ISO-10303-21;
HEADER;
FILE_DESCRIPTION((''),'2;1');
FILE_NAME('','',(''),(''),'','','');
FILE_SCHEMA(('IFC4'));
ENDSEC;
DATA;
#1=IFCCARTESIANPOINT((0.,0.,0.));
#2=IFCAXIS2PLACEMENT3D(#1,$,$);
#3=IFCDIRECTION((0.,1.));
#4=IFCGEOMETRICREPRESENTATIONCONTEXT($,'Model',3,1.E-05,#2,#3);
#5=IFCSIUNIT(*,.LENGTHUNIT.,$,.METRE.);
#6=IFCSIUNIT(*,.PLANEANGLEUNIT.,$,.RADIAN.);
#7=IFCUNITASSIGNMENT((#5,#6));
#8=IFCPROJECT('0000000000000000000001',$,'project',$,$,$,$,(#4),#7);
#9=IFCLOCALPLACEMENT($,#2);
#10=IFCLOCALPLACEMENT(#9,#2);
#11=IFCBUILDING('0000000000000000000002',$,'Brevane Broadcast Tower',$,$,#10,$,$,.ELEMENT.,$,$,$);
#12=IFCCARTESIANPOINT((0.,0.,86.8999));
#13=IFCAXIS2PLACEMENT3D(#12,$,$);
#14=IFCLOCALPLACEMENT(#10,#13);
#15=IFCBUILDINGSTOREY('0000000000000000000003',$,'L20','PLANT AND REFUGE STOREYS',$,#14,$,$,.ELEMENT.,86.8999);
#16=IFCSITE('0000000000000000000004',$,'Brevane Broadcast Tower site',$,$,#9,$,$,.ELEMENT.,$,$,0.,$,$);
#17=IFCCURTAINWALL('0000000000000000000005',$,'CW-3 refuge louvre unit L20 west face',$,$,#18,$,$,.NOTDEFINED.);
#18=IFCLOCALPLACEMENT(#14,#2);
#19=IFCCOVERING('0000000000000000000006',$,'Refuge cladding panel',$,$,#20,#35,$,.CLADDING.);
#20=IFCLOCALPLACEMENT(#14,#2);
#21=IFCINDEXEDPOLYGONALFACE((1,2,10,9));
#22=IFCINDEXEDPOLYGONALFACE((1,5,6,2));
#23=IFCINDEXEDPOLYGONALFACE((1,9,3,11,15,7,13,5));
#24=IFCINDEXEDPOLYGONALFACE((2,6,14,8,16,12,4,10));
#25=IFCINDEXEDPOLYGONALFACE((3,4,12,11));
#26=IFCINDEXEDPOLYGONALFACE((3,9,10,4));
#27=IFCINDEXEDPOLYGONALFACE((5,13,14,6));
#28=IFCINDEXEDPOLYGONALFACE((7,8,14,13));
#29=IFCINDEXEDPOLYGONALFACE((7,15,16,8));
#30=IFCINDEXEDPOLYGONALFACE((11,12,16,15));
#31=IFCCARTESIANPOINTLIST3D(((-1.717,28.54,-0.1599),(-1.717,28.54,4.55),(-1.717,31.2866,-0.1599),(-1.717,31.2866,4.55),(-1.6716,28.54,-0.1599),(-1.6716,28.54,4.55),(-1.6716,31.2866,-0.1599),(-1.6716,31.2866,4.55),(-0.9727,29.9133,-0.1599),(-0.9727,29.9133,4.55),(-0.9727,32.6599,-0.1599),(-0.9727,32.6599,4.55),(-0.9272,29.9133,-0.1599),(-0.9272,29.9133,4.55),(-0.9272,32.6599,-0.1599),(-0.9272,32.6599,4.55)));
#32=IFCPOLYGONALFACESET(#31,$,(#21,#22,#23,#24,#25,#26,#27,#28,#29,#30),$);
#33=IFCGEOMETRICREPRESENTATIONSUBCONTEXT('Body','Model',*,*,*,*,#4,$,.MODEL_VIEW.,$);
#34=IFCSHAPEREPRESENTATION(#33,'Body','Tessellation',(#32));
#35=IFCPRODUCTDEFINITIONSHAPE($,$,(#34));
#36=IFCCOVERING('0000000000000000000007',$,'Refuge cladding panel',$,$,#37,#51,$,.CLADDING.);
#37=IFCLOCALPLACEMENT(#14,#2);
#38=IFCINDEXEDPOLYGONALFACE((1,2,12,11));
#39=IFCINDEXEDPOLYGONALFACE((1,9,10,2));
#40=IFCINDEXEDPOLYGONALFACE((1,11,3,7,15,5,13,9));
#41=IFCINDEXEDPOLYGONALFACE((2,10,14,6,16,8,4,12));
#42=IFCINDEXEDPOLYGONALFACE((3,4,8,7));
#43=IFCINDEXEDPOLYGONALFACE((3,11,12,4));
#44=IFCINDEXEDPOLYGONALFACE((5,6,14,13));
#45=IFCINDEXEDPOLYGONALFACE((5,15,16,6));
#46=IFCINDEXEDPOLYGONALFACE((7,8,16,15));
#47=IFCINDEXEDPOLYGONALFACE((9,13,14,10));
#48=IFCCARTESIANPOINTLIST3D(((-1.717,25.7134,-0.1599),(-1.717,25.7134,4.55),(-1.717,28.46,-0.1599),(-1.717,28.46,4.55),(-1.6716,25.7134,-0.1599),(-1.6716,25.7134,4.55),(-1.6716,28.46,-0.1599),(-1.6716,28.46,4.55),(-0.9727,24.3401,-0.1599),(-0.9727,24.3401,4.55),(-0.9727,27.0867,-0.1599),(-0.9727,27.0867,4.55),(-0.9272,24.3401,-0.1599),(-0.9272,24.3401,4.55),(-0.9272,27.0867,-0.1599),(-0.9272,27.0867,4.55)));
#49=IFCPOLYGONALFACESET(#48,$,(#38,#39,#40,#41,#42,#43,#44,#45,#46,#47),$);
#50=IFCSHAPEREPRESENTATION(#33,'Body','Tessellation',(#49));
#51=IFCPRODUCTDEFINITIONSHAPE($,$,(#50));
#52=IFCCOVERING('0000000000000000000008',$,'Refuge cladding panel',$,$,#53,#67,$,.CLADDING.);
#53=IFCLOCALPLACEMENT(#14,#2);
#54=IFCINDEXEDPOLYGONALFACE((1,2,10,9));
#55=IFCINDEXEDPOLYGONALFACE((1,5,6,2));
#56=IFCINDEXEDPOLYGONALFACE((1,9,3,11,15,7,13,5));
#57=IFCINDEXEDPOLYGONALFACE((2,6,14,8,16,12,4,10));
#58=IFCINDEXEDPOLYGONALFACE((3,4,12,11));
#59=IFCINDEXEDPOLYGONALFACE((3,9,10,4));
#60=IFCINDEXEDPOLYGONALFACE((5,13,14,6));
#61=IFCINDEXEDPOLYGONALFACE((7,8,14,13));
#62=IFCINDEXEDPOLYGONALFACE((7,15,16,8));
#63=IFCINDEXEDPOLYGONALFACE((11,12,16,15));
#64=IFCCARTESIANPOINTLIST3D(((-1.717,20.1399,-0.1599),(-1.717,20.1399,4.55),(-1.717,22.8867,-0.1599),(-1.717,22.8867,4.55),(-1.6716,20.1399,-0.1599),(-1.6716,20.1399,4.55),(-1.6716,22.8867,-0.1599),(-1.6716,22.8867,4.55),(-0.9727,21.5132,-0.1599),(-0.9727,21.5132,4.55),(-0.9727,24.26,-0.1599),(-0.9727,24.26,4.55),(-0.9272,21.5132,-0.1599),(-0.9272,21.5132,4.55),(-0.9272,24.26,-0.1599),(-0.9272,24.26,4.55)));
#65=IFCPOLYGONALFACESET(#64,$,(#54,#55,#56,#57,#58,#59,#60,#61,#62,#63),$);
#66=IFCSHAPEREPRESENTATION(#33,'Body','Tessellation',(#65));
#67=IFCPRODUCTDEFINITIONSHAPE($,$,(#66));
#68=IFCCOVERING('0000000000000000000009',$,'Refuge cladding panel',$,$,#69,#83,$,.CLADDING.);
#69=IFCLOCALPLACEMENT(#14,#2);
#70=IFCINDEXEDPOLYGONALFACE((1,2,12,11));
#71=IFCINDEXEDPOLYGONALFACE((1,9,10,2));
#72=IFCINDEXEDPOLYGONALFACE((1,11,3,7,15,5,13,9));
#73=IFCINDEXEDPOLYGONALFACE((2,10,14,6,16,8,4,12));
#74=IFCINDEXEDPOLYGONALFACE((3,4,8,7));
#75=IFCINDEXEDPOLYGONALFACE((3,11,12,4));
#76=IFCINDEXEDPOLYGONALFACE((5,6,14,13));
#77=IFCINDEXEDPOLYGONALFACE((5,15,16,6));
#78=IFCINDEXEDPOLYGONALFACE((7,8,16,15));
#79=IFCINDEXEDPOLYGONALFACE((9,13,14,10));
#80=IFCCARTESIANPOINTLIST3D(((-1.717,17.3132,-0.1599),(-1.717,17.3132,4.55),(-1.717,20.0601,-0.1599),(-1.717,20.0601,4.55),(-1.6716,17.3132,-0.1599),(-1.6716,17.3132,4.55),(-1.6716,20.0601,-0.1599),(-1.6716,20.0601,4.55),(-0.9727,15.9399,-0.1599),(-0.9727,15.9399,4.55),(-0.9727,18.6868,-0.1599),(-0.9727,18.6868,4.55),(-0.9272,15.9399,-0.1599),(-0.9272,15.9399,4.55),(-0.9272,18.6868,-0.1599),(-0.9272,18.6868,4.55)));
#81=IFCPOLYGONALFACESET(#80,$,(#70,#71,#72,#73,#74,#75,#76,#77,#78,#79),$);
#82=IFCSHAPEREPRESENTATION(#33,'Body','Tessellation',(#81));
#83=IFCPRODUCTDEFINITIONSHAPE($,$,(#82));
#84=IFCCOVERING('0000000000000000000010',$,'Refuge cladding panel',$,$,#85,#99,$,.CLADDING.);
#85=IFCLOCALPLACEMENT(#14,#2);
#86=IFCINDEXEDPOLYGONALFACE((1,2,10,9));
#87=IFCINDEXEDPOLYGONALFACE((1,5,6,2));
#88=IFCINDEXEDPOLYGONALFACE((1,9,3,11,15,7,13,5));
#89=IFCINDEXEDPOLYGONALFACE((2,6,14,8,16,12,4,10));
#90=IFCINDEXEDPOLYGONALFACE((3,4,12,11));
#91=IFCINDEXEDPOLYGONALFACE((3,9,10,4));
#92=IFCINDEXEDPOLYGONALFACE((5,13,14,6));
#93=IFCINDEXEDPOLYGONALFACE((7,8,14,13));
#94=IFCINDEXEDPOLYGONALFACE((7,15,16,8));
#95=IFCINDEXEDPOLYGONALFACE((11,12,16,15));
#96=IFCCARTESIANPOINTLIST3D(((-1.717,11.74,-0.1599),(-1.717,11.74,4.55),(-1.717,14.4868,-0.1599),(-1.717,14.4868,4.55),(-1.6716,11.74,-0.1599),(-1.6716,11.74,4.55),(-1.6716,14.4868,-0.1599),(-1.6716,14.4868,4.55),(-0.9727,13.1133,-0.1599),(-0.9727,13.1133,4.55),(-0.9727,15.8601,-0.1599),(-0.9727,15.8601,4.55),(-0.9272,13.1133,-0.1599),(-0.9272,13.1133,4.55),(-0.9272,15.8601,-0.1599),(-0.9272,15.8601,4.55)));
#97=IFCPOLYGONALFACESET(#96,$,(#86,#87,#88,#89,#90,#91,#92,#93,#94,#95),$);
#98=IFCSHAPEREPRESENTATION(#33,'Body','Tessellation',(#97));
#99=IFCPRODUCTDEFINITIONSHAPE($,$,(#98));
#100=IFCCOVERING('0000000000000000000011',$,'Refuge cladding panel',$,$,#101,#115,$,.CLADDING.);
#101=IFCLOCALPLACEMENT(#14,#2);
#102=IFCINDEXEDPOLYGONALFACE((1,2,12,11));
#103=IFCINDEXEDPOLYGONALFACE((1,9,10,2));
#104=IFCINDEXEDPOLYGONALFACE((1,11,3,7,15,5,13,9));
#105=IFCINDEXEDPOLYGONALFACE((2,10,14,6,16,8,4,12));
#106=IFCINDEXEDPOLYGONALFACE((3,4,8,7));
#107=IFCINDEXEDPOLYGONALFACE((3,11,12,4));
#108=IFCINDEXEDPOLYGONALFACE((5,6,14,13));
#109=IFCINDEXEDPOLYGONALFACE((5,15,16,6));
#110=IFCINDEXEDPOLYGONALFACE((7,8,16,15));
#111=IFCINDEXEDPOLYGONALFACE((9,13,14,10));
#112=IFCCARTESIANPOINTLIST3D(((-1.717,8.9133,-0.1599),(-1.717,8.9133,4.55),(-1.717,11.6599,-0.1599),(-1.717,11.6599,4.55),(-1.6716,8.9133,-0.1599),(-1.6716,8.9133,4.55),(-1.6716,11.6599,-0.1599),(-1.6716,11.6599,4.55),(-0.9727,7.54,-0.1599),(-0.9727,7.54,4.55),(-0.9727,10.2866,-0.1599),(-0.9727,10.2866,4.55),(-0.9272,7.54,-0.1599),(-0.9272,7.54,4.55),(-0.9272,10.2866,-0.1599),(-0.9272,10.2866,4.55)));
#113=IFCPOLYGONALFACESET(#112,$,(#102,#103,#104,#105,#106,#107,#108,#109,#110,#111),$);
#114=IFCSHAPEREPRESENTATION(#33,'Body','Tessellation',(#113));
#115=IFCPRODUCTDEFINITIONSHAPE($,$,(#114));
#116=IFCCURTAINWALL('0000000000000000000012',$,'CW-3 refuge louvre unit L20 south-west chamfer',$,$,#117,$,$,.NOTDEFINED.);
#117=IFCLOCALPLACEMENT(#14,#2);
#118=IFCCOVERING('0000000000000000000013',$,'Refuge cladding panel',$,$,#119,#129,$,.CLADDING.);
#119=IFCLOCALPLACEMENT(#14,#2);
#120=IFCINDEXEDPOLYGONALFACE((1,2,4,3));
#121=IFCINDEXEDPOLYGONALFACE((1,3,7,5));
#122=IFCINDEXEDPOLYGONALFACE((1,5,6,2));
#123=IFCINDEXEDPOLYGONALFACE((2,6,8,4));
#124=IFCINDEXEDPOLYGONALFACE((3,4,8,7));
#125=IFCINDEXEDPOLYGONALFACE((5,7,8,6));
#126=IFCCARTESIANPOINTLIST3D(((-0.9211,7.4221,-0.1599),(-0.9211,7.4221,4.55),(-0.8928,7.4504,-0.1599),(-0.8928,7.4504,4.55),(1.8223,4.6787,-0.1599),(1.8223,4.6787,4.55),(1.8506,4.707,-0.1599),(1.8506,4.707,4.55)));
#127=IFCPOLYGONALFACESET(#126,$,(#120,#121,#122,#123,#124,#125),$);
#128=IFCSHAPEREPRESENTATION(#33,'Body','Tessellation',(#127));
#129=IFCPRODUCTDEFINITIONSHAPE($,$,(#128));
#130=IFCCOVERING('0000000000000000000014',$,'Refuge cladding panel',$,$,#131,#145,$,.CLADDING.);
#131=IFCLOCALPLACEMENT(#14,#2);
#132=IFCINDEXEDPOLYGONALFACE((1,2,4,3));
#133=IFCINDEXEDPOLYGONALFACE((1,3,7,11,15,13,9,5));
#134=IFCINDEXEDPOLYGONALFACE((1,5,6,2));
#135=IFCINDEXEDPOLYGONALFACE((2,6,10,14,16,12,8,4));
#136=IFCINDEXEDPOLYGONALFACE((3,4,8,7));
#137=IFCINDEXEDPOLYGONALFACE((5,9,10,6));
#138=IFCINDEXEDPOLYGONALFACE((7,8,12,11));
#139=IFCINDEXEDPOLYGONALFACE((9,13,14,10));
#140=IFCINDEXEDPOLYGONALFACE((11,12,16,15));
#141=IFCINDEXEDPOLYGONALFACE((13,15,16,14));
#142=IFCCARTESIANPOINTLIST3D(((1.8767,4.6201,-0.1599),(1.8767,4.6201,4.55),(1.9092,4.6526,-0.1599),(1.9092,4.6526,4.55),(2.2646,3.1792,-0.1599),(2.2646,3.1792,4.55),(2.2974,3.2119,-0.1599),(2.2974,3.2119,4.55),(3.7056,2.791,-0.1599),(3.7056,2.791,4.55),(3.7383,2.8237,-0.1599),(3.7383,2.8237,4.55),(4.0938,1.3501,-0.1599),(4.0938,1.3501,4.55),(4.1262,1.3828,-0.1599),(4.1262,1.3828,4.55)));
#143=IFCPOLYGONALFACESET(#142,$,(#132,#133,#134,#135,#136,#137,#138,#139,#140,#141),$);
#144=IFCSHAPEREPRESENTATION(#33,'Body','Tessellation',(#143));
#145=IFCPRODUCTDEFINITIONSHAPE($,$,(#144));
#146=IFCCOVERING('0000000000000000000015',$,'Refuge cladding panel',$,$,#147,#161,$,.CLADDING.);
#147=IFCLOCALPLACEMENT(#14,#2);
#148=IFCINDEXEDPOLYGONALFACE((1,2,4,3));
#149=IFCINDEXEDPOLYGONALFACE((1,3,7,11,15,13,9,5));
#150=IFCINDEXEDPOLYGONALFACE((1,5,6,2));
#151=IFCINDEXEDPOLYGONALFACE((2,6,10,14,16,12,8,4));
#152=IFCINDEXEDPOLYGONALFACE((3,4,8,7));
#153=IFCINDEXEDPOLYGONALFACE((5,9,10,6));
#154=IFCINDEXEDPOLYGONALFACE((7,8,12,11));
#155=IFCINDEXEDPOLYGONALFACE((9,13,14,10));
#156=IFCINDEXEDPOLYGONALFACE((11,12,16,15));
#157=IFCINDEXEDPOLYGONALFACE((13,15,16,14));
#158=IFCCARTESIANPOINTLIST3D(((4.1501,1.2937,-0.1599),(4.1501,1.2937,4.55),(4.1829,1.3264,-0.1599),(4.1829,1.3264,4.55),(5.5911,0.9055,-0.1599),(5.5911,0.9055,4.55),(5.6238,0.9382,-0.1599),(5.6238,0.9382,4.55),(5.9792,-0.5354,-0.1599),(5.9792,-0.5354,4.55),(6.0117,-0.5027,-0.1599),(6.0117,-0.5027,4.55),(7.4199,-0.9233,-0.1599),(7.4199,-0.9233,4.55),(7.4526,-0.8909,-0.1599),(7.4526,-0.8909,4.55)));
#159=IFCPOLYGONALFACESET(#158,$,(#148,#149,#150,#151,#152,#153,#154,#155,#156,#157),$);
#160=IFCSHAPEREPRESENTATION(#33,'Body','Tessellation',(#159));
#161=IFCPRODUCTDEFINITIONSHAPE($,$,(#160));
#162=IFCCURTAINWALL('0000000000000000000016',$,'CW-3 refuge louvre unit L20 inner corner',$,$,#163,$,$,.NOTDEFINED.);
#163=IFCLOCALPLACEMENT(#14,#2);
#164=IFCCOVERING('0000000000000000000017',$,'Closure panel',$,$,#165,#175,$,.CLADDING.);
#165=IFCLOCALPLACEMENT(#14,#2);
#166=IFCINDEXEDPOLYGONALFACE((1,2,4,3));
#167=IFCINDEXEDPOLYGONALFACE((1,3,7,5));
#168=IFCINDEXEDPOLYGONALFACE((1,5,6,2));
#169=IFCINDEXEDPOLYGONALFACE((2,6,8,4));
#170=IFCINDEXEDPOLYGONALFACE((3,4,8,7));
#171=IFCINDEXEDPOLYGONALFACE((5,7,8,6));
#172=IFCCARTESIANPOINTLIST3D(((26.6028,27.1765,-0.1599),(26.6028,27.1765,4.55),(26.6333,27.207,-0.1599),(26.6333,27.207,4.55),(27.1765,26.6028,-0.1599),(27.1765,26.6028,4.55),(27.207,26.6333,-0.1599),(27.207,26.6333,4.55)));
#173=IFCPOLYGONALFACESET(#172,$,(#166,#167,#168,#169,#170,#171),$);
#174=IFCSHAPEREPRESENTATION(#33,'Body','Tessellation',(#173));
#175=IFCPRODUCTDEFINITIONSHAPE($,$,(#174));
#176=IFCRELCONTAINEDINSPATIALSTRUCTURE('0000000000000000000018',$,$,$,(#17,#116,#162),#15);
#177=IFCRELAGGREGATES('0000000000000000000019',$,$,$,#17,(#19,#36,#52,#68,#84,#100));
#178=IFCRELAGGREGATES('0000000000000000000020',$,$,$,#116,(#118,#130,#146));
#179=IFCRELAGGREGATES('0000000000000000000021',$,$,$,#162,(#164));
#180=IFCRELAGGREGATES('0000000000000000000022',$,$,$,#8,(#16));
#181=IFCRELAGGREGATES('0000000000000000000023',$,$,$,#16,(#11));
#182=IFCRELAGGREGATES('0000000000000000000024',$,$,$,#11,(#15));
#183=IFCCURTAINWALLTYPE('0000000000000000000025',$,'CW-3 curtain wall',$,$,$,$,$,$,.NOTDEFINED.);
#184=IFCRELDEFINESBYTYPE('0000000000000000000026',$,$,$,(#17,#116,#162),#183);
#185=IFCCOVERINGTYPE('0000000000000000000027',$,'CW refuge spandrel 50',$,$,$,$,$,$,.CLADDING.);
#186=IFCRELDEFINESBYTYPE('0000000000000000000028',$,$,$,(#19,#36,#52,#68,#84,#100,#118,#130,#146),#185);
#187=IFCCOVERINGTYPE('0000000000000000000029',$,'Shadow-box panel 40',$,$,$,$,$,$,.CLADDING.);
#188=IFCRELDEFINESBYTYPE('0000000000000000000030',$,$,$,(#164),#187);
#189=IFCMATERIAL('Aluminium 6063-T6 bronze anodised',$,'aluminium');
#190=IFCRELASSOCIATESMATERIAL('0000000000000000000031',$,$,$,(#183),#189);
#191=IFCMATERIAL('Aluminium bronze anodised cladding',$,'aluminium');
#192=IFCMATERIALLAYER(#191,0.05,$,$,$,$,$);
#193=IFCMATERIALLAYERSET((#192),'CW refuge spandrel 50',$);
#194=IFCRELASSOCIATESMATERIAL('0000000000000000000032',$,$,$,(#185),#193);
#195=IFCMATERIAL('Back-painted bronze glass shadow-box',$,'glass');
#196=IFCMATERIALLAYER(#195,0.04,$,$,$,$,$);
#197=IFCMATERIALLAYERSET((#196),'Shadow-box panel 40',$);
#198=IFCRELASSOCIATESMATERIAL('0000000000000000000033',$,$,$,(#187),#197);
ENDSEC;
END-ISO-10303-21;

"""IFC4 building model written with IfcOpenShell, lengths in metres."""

from ifc_helpers import new_model, si_unit, direction, frame, origin, place, context, subcontext, project, spatial, polyline, outline, extrude, material, layer, layer_set, type_object, element, aggregate, save


model = new_model("IFC4")

# Units and contexts
model_context = context("Model", 3, precision=1e-05, world=origin(), true_north=direction((0.0, 1.0)))
body_context = subcontext(model_context, "Body", "Model", "MODEL_VIEW")
ifc_project = project(units=[si_unit("LENGTHUNIT", "METRE"), si_unit("PLANEANGLEUNIT", "RADIAN")], contexts=[model_context])

# Site, building, storey
site_placement = place(None, origin())
site = spatial("IfcSite", under=ifc_project, at=site_placement, Name="Brevane Broadcast Tower site", CompositionType="ELEMENT", RefElevation=0.0)
building_placement = place(site_placement, origin())
building = spatial("IfcBuilding", under=site, at=building_placement, Name="Brevane Broadcast Tower", CompositionType="ELEMENT")
storey_placement = place(building_placement, frame((0.0, 0.0, 86.8999)))
storey = spatial("IfcBuildingStorey", under=building, at=storey_placement, Name="L20", Description="PLANT AND REFUGE STOREYS", CompositionType="ELEMENT", Elevation=86.8999)

# Curtain walls, coverings
ifc_material_1 = material(Name="Aluminium 6063-T6 bronze anodised", Category="aluminium")
curtain_wall_type = type_object("IfcCurtainWallType", Name="CW-3 curtain wall", PredefinedType="NOTDEFINED", material=ifc_material_1)
curtain_wall_1_placement = place(storey_placement, origin())
curtain_wall_1 = element("IfcCurtainWall", 1, at=curtain_wall_1_placement, inside=storey, type_object=curtain_wall_type, Name="CW-3 refuge louvre unit L20 west face", PredefinedType="NOTDEFINED")
ifc_material_2 = material(Name="Aluminium bronze anodised cladding", Category="aluminium")
ifc_layer_1 = layer(ifc_material_2, 0.05)
ifc_layer_set_1 = layer_set([ifc_layer_1], Name="CW refuge spandrel 50")
covering_type_1 = type_object("IfcCoveringType", Name="CW refuge spandrel 50", PredefinedType="CLADDING", material=ifc_layer_set_1)
covering_1_placement = place(storey_placement, frame((0.0, 0.0, -0.1599)))
covering_1 = element("IfcCovering", 2, at=covering_1_placement, type_object=covering_type_1, Name="Refuge cladding panel", PredefinedType="CLADDING", context=body_context, shape_type="SweptSolid", body=[
    extrude(outline(polyline([(-0.9272, 32.6599), (-0.9727, 32.6599), (-1.717, 31.2866), (-0.9727, 29.9133), (-1.717, 28.54), (-1.6716, 28.54), (-0.9272, 29.9133), (-1.6716, 31.2866), (-0.9272, 32.6599)])), origin(), (0.0, 0.0, 1.0), 4.71),
])
covering_2_placement = place(storey_placement, frame((0.0, 0.0, -0.1599)))
covering_2 = element("IfcCovering", 3, at=covering_2_placement, type_object=covering_type_1, Name="Refuge cladding panel", PredefinedType="CLADDING", context=body_context, shape_type="SweptSolid", body=[
    extrude(outline(polyline([(-1.6716, 28.46), (-1.717, 28.46), (-0.9727, 27.0867), (-1.717, 25.7134), (-0.9727, 24.3401), (-0.9272, 24.3401), (-1.6716, 25.7134), (-0.9272, 27.0867), (-1.6716, 28.46)])), origin(), (0.0, 0.0, 1.0), 4.71),
])
covering_3_placement = place(storey_placement, frame((0.0, 0.0, -0.1599)))
covering_3 = element("IfcCovering", 4, at=covering_3_placement, type_object=covering_type_1, Name="Refuge cladding panel", PredefinedType="CLADDING", context=body_context, shape_type="SweptSolid", body=[
    extrude(outline(polyline([(-0.9272, 24.26), (-0.9727, 24.26), (-1.717, 22.8867), (-0.9727, 21.5132), (-1.717, 20.1399), (-1.6716, 20.1399), (-0.9272, 21.5132), (-1.6716, 22.8867), (-0.9272, 24.26)])), origin(), (0.0, 0.0, 1.0), 4.71),
])
covering_4_placement = place(storey_placement, frame((0.0, 0.0, -0.1599)))
covering_4 = element("IfcCovering", 5, at=covering_4_placement, type_object=covering_type_1, Name="Refuge cladding panel", PredefinedType="CLADDING", context=body_context, shape_type="SweptSolid", body=[
    extrude(outline(polyline([(-1.6716, 20.0601), (-1.717, 20.0601), (-0.9727, 18.6868), (-1.717, 17.3132), (-0.9727, 15.9399), (-0.9272, 15.9399), (-1.6716, 17.3132), (-0.9272, 18.6868), (-1.6716, 20.0601)])), origin(), (0.0, 0.0, 1.0), 4.71),
])
covering_5_placement = place(storey_placement, frame((0.0, 0.0, -0.1599)))
covering_5 = element("IfcCovering", 6, at=covering_5_placement, type_object=covering_type_1, Name="Refuge cladding panel", PredefinedType="CLADDING", context=body_context, shape_type="SweptSolid", body=[
    extrude(outline(polyline([(-0.9272, 15.8601), (-0.9727, 15.8601), (-1.717, 14.4868), (-0.9727, 13.1133), (-1.717, 11.74), (-1.6716, 11.74), (-0.9272, 13.1133), (-1.6716, 14.4868), (-0.9272, 15.8601)])), origin(), (0.0, 0.0, 1.0), 4.71),
])
covering_6_placement = place(storey_placement, frame((0.0, 0.0, -0.1599)))
covering_6 = element("IfcCovering", 7, at=covering_6_placement, type_object=covering_type_1, Name="Refuge cladding panel", PredefinedType="CLADDING", context=body_context, shape_type="SweptSolid", body=[
    extrude(outline(polyline([(-1.6716, 11.6599), (-1.717, 11.6599), (-0.9727, 10.2866), (-1.717, 8.9133), (-0.9727, 7.54), (-0.9272, 7.54), (-1.6716, 8.9133), (-0.9272, 10.2866), (-1.6716, 11.6599)])), origin(), (0.0, 0.0, 1.0), 4.71),
])
aggregate(curtain_wall_1, [covering_1, covering_2, covering_3, covering_4, covering_5, covering_6])
curtain_wall_2_placement = place(storey_placement, origin())
curtain_wall_2 = element("IfcCurtainWall", 8, at=curtain_wall_2_placement, inside=storey, type_object=curtain_wall_type, Name="CW-3 refuge louvre unit L20 south-west chamfer", PredefinedType="NOTDEFINED")
covering_7_placement = place(storey_placement, frame((0.0, 0.0, -0.1599)))
covering_7 = element("IfcCovering", 9, at=covering_7_placement, type_object=covering_type_1, Name="Refuge cladding panel", PredefinedType="CLADDING", context=body_context, shape_type="SweptSolid", body=[
    extrude(outline(polyline([(-0.8928, 7.4504), (1.8506, 4.707), (1.8223, 4.6787), (-0.9211, 7.4221), (-0.8928, 7.4504)])), origin(), (0.0, 0.0, 1.0), 4.71),
])
covering_8_placement = place(storey_placement, frame((0.0, 0.0, -0.1599)))
covering_8 = element("IfcCovering", 10, at=covering_8_placement, type_object=covering_type_1, Name="Refuge cladding panel", PredefinedType="CLADDING", context=body_context, shape_type="SweptSolid", body=[
    extrude(outline(polyline([(1.9092, 4.6526), (1.8767, 4.6201), (2.2646, 3.1792), (3.7056, 2.791), (4.0938, 1.3501), (4.1262, 1.3828), (3.7383, 2.8237), (2.2974, 3.2119), (1.9092, 4.6526)])), origin(), (0.0, 0.0, 1.0), 4.71),
])
covering_9_placement = place(storey_placement, frame((0.0, 0.0, -0.1599)))
covering_9 = element("IfcCovering", 11, at=covering_9_placement, type_object=covering_type_1, Name="Refuge cladding panel", PredefinedType="CLADDING", context=body_context, shape_type="SweptSolid", body=[
    extrude(outline(polyline([(4.1829, 1.3264), (4.1501, 1.2937), (5.5911, 0.9055), (5.9792, -0.5354), (7.4199, -0.9233), (7.4526, -0.8909), (6.0117, -0.5027), (5.6238, 0.9382), (4.1829, 1.3264)])), origin(), (0.0, 0.0, 1.0), 4.71),
])
aggregate(curtain_wall_2, [covering_7, covering_8, covering_9])

# Curtain wall, covering
curtain_wall_3_placement = place(storey_placement, origin())
curtain_wall_3 = element("IfcCurtainWall", 12, at=curtain_wall_3_placement, inside=storey, type_object=curtain_wall_type, Name="CW-3 refuge louvre unit L20 inner corner", PredefinedType="NOTDEFINED")
ifc_material_3 = material(Name="Back-painted bronze glass shadow-box", Category="glass")
ifc_layer_2 = layer(ifc_material_3, 0.04)
ifc_layer_set_2 = layer_set([ifc_layer_2], Name="Shadow-box panel 40")
covering_type_2 = type_object("IfcCoveringType", Name="Shadow-box panel 40", PredefinedType="CLADDING", material=ifc_layer_set_2)
covering_10_placement = place(storey_placement, frame((0.0, 0.0, -0.1599)))
covering_10 = element("IfcCovering", 13, at=covering_10_placement, type_object=covering_type_2, Name="Closure panel", PredefinedType="CLADDING", context=body_context, shape_type="SweptSolid", body=[
    extrude(outline(polyline([(27.1765, 26.6028), (27.207, 26.6333), (26.6333, 27.207), (26.6028, 27.1765), (27.1765, 26.6028)])), origin(), (0.0, 0.0, 1.0), 4.71),
])
aggregate(curtain_wall_3, [covering_10])

save(model, "model.ifc")
